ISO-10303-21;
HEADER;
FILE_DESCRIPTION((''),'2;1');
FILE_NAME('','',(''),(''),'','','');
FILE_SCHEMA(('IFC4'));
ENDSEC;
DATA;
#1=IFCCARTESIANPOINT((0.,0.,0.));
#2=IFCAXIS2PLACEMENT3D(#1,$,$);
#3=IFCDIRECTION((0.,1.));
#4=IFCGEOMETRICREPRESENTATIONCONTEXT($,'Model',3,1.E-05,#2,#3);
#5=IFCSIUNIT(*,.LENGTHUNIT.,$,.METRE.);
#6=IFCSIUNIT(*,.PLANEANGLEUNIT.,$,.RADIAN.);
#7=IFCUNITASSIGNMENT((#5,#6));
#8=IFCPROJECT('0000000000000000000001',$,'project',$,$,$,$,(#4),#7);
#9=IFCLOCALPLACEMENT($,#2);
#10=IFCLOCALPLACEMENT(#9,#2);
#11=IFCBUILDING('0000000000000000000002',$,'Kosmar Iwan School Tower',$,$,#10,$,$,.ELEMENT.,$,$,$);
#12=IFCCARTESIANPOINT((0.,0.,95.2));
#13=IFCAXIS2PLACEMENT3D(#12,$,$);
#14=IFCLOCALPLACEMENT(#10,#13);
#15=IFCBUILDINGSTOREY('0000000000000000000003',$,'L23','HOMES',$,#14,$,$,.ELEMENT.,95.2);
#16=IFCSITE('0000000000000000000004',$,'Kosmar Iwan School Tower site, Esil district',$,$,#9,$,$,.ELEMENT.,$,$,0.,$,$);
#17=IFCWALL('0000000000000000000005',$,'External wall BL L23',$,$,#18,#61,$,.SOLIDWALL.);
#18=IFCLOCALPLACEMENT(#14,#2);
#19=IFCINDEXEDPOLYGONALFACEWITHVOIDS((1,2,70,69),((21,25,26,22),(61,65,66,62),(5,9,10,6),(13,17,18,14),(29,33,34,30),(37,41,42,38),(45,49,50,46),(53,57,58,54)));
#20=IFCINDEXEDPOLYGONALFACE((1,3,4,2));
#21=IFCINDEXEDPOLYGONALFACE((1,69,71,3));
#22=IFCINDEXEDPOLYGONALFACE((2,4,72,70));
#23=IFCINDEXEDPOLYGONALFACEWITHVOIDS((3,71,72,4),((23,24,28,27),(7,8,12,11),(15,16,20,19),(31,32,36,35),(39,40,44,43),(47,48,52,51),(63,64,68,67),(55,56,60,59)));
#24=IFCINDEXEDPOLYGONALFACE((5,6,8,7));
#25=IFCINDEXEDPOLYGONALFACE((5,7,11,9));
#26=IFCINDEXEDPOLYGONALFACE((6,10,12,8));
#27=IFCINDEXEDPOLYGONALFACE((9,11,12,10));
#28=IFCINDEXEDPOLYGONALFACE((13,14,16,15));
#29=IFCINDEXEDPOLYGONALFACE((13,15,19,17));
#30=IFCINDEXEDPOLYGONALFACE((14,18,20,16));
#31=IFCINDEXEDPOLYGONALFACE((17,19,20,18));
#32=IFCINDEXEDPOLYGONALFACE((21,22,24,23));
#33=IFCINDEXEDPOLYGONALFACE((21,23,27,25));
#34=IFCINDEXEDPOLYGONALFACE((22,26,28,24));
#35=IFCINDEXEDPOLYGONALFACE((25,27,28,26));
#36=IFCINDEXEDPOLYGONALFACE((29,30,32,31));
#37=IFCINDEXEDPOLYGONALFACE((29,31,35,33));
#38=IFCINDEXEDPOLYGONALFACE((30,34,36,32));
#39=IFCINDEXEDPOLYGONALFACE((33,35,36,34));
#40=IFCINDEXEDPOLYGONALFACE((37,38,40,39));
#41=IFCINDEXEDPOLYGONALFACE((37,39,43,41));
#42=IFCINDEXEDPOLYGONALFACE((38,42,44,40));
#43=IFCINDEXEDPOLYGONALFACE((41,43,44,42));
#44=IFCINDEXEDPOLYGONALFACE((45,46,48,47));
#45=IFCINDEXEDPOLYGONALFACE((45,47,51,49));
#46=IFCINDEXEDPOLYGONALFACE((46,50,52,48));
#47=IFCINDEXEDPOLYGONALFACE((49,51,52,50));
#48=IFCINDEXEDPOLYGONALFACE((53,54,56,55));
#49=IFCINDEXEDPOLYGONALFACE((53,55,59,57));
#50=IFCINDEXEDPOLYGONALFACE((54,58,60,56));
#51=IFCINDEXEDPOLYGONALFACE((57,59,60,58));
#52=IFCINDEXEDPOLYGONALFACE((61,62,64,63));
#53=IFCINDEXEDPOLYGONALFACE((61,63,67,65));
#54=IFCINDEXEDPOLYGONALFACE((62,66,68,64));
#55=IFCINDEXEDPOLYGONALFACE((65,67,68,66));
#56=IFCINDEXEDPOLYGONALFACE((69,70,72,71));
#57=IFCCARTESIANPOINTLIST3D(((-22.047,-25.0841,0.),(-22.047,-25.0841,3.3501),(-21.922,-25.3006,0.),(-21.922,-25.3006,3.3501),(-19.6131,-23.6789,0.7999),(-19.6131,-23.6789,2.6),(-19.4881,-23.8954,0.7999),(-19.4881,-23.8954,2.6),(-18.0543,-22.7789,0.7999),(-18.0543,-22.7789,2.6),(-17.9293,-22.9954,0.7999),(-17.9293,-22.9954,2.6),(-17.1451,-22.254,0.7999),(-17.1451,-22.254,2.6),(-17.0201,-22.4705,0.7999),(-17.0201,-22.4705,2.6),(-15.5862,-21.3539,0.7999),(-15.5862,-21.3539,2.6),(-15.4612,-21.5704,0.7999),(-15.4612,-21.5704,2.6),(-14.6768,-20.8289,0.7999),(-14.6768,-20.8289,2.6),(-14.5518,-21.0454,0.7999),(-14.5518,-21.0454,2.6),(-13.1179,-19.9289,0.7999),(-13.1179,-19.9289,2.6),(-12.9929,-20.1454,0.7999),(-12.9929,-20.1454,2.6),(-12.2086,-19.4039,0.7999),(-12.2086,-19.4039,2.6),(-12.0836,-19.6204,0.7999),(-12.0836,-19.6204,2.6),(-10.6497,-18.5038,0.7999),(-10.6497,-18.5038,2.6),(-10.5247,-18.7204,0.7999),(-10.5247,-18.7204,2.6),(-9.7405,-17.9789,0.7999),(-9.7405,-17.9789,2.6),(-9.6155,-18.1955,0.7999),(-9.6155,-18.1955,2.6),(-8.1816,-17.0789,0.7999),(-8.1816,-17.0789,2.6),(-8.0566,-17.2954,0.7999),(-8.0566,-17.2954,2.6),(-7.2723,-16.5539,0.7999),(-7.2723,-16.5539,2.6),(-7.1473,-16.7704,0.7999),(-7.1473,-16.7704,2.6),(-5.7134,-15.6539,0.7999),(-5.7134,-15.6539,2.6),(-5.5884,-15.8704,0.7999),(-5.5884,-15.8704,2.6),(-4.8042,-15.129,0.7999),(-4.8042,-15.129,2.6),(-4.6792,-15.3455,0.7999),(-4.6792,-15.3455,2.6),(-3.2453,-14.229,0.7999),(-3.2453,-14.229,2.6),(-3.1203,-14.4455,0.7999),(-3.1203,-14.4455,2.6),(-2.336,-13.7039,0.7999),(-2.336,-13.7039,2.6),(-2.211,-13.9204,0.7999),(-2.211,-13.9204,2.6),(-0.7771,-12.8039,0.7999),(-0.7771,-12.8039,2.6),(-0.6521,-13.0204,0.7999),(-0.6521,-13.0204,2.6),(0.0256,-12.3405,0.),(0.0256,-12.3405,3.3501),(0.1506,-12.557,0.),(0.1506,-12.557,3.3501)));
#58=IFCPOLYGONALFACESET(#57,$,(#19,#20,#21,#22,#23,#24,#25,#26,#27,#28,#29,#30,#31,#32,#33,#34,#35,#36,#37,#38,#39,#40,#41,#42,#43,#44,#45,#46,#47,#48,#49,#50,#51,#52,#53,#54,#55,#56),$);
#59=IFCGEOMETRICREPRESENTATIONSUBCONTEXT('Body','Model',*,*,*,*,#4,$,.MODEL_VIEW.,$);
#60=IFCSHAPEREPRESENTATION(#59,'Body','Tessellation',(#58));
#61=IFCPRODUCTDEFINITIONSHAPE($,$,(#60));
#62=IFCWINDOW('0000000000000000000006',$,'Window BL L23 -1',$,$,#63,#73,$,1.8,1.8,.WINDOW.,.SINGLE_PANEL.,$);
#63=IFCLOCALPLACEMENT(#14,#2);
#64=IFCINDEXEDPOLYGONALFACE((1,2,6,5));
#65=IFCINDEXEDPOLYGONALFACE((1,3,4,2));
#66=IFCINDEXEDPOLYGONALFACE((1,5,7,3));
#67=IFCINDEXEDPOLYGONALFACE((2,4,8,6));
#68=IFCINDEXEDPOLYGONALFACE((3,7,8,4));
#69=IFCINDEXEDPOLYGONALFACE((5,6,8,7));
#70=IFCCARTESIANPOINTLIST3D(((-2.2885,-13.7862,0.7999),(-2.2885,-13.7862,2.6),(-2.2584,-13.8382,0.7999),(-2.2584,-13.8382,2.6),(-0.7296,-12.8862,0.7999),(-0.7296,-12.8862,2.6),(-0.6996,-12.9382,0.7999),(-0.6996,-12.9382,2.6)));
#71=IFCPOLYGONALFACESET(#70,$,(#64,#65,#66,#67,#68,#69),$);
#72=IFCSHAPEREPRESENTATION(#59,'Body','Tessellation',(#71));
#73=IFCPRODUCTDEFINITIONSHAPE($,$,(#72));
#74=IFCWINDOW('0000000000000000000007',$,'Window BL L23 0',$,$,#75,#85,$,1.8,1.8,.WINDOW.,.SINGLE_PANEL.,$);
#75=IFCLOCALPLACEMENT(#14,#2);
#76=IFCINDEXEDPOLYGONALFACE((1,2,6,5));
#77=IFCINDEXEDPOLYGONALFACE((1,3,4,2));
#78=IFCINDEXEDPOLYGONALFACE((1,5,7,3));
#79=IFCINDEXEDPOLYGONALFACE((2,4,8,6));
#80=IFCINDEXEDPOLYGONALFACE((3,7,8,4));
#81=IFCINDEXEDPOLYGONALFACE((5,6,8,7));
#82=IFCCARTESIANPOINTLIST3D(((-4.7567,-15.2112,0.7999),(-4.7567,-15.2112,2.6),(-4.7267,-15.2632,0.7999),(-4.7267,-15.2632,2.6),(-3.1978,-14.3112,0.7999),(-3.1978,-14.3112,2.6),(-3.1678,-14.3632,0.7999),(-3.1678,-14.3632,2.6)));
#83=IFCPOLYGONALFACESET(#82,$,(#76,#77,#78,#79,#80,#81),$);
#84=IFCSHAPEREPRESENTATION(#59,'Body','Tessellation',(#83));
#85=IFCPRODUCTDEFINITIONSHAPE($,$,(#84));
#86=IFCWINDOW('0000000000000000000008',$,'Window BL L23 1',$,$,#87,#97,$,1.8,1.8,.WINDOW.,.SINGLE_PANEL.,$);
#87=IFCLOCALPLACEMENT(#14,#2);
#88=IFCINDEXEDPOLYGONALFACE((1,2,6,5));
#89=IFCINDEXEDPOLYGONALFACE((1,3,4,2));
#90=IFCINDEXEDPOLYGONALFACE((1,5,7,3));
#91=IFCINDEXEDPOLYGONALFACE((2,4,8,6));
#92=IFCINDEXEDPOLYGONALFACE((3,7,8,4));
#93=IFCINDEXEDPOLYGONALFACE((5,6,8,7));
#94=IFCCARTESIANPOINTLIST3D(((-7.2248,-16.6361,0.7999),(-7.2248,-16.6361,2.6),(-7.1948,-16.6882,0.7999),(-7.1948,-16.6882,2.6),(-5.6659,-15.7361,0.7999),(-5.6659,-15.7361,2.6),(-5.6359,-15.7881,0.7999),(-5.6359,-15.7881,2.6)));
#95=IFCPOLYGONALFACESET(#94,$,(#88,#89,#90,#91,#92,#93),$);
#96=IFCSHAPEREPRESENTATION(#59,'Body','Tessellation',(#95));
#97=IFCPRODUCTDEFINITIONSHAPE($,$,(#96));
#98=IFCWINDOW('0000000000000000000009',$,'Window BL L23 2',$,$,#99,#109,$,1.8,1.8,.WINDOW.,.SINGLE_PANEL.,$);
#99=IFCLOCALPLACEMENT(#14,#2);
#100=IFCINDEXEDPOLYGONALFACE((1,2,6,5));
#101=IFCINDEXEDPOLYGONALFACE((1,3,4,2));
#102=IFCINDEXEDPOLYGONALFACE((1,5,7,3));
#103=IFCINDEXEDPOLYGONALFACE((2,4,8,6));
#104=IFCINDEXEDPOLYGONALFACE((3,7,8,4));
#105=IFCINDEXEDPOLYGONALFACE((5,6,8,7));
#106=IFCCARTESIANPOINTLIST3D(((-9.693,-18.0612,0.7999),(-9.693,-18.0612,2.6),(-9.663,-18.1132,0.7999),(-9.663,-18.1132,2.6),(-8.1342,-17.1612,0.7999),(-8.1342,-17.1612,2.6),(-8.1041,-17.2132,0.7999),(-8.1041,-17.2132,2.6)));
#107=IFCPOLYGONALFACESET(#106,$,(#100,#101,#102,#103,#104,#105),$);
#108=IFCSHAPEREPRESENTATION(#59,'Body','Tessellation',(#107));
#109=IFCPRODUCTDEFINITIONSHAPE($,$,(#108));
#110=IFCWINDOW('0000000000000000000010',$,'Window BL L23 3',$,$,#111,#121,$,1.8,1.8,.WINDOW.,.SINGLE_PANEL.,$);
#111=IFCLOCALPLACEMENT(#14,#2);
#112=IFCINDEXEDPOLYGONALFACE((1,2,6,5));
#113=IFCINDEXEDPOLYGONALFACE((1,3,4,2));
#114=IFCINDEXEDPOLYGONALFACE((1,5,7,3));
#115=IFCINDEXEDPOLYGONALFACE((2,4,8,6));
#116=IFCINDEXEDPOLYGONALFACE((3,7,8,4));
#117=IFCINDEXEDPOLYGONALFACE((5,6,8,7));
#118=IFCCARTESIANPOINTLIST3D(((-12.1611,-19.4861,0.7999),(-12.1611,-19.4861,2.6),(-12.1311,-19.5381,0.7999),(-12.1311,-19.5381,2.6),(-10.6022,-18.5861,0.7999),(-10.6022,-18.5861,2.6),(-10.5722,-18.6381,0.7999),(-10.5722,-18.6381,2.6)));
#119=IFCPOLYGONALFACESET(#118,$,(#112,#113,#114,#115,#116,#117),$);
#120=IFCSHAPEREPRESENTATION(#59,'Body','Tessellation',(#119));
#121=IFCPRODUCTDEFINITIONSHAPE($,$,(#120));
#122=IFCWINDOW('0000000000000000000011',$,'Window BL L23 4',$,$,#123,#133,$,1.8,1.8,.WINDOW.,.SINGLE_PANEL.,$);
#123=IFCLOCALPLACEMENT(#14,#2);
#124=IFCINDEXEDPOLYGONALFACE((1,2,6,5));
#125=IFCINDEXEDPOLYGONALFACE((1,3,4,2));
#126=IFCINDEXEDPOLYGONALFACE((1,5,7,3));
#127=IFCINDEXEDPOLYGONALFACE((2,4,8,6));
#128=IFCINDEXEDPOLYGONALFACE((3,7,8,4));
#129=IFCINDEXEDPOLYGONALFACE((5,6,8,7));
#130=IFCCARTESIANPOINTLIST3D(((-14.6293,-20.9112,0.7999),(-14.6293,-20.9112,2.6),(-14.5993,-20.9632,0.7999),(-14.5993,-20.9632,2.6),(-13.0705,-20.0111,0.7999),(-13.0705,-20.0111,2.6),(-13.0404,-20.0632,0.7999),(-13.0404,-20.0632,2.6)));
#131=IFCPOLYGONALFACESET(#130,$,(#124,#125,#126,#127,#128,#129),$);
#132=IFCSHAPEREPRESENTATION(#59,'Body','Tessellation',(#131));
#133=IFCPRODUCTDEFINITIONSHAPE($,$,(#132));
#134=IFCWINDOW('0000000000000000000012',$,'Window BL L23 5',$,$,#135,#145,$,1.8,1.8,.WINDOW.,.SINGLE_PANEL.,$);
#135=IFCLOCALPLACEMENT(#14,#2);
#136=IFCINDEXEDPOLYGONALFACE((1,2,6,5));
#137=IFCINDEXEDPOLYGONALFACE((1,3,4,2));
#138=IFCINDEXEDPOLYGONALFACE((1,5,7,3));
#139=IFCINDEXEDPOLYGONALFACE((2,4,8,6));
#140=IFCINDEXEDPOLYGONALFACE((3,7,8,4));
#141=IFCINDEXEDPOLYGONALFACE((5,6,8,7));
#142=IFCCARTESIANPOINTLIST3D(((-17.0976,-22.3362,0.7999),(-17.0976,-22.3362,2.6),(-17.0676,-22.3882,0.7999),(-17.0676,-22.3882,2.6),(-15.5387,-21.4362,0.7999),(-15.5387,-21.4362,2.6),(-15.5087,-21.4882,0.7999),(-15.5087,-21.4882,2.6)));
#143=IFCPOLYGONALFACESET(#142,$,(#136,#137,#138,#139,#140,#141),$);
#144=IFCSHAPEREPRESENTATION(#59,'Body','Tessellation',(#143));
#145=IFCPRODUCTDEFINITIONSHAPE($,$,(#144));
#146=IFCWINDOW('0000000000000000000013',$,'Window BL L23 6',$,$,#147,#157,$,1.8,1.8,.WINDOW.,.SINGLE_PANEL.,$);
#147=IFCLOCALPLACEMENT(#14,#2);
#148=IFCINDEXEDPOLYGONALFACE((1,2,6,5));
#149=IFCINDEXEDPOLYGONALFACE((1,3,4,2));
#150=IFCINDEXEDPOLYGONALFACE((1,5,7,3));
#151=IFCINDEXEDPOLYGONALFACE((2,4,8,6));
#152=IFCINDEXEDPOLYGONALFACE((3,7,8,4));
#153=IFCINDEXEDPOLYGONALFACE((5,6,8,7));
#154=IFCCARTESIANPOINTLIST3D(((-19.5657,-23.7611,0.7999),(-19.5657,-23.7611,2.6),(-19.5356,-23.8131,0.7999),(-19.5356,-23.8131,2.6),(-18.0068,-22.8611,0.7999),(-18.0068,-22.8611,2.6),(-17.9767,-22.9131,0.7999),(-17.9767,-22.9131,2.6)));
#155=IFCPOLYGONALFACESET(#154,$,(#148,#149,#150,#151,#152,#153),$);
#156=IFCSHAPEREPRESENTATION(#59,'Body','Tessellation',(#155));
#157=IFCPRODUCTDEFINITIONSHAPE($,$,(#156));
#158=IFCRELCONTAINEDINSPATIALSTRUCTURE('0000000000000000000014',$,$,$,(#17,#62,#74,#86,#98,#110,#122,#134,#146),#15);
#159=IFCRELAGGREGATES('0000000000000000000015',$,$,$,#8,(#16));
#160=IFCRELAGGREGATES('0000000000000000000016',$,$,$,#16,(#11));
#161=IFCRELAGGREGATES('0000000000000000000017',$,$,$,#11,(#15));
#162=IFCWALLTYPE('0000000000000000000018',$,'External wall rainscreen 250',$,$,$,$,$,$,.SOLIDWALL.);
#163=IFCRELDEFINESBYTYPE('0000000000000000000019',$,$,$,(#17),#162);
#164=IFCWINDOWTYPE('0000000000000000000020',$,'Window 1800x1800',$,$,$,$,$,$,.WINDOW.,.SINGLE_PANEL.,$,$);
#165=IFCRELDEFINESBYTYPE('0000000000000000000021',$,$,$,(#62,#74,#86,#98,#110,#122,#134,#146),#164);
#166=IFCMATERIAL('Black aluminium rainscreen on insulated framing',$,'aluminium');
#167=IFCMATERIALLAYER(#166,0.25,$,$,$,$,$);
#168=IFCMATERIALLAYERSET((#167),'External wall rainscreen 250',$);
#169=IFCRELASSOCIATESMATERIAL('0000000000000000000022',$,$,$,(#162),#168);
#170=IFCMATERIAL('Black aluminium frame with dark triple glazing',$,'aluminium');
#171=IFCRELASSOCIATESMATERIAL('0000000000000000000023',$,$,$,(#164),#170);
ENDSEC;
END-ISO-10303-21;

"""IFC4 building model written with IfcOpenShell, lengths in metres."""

from ifc_helpers import new_model, si_unit, direction, frame, frame_2d, origin, place, context, subcontext, project, spatial, rectangle, extrude, material, layer, layer_set, type_object, element, fill, save


model = new_model("IFC4")

# Units and contexts
model_context = context("Model", 3, precision=1e-05, world=origin(), true_north=direction((0.0, 1.0)))
body_context = subcontext(model_context, "Body", "Model", "MODEL_VIEW")
ifc_project = project(units=[si_unit("LENGTHUNIT", "METRE"), si_unit("PLANEANGLEUNIT", "RADIAN")], contexts=[model_context])

# Site, building, storey
site_placement = place(None, origin())
site = spatial("IfcSite", under=ifc_project, at=site_placement, Name="Kosmar Iwan School Tower site, Esil district", CompositionType="ELEMENT", RefElevation=0.0)
building_placement = place(site_placement, origin())
building = spatial("IfcBuilding", under=site, at=building_placement, Name="Kosmar Iwan School Tower", CompositionType="ELEMENT")
storey_placement = place(building_placement, frame((0.0, 0.0, 95.2)))
storey = spatial("IfcBuildingStorey", under=building, at=storey_placement, Name="L23", Description="HOMES", CompositionType="ELEMENT", Elevation=95.2)

# Wall, openings, windows
ifc_material_1 = material(Name="Black aluminium rainscreen on insulated framing", Category="aluminium")
ifc_layer_1 = layer(ifc_material_1, 0.25)
ifc_layer_set_1 = layer_set([ifc_layer_1], Name="External wall rainscreen 250")
wall_type_1 = type_object("IfcWallType", Name="External wall rainscreen 250", PredefinedType="SOLIDWALL", material=ifc_layer_set_1)
wall_1_placement = place(storey_placement, frame((0.0881, -12.4487, 0.0), z_axis=(0.0, 0.0, 1.0), x_axis=(-0.866026, -0.499998, 0.0)))
wall_1 = element("IfcWall", 1, at=wall_1_placement, inside=storey, type_object=wall_type_1, Name="External wall BL L23", PredefinedType="SOLIDWALL", context=body_context, shape_type="SweptSolid", body=[
    extrude(rectangle(XDim=25.4873, YDim=0.25, at=frame_2d((12.7437, 0.0))), origin(), (0.0, 0.0, 1.0), 3.3501),
])
opening_1_placement = place(wall_1_placement, frame((0.927, 0.0, 0.8)))
opening_1 = element("IfcOpeningElement", 2, at=opening_1_placement, cuts=wall_1, PredefinedType="OPENING", context=body_context, shape_type="SweptSolid", body=[
    extrude(rectangle(XDim=1.8, YDim=1.8, at=frame_2d((0.8999, 0.8999))), frame((0.0, 0.137, 0.0), z_axis=(0.0, -1.0, 0.0), x_axis=(1.0, 0.0, 0.0)), (0.0, 0.0, 1.0), 0.2739),
])
opening_2_placement = place(wall_1_placement, frame((3.7771, 0.0, 0.8)))
opening_2 = element("IfcOpeningElement", 3, at=opening_2_placement, cuts=wall_1, PredefinedType="OPENING", context=body_context, shape_type="SweptSolid", body=[
    extrude(rectangle(XDim=1.8, YDim=1.8, at=frame_2d((0.8999, 0.8999))), frame((0.0, 0.137, 0.0), z_axis=(0.0, -1.0, 0.0), x_axis=(1.0, 0.0, 0.0)), (0.0, 0.0, 1.0), 0.2739),
])
opening_3_placement = place(wall_1_placement, frame((6.627, 0.0, 0.8)))
opening_3 = element("IfcOpeningElement", 4, at=opening_3_placement, cuts=wall_1, PredefinedType="OPENING", context=body_context, shape_type="SweptSolid", body=[
    extrude(rectangle(XDim=1.8, YDim=1.8, at=frame_2d((0.8999, 0.8999))), frame((0.0, 0.137, 0.0), z_axis=(0.0, -1.0, 0.0), x_axis=(1.0, 0.0, 0.0)), (0.0, 0.0, 1.0), 0.2739),
])
opening_4_placement = place(wall_1_placement, frame((9.4771, 0.0, 0.8)))
opening_4 = element("IfcOpeningElement", 5, at=opening_4_placement, cuts=wall_1, PredefinedType="OPENING", context=body_context, shape_type="SweptSolid", body=[
    extrude(rectangle(XDim=1.8, YDim=1.8, at=frame_2d((0.8999, 0.8999))), frame((0.0, 0.137, 0.0), z_axis=(0.0, -1.0, 0.0), x_axis=(1.0, 0.0, 0.0)), (0.0, 0.0, 1.0), 0.2739),
])
opening_5_placement = place(wall_1_placement, frame((12.3269, 0.0, 0.8)))
opening_5 = element("IfcOpeningElement", 6, at=opening_5_placement, cuts=wall_1, PredefinedType="OPENING", context=body_context, shape_type="SweptSolid", body=[
    extrude(rectangle(XDim=1.8, YDim=1.8, at=frame_2d((0.8999, 0.8999))), frame((0.0, 0.137, 0.0), z_axis=(0.0, -1.0, 0.0), x_axis=(1.0, 0.0, 0.0)), (0.0, 0.0, 1.0), 0.2739),
])
opening_6_placement = place(wall_1_placement, frame((15.177, 0.0, 0.8)))
opening_6 = element("IfcOpeningElement", 7, at=opening_6_placement, cuts=wall_1, PredefinedType="OPENING", context=body_context, shape_type="SweptSolid", body=[
    extrude(rectangle(XDim=1.8, YDim=1.8, at=frame_2d((0.8999, 0.8999))), frame((0.0, 0.137, 0.0), z_axis=(0.0, -1.0, 0.0), x_axis=(1.0, 0.0, 0.0)), (0.0, 0.0, 1.0), 0.2739),
])
opening_7_placement = place(wall_1_placement, frame((18.0271, 0.0, 0.8)))
opening_7 = element("IfcOpeningElement", 8, at=opening_7_placement, cuts=wall_1, PredefinedType="OPENING", context=body_context, shape_type="SweptSolid", body=[
    extrude(rectangle(XDim=1.8, YDim=1.8, at=frame_2d((0.8999, 0.8999))), frame((0.0, 0.137, 0.0), z_axis=(0.0, -1.0, 0.0), x_axis=(1.0, 0.0, 0.0)), (0.0, 0.0, 1.0), 0.2739),
])
opening_8_placement = place(wall_1_placement, frame((20.877, 0.0, 0.8)))
opening_8 = element("IfcOpeningElement", 9, at=opening_8_placement, cuts=wall_1, PredefinedType="OPENING", context=body_context, shape_type="SweptSolid", body=[
    extrude(rectangle(XDim=1.8, YDim=1.8, at=frame_2d((0.8999, 0.8999))), frame((0.0, 0.137, 0.0), z_axis=(0.0, -1.0, 0.0), x_axis=(1.0, 0.0, 0.0)), (0.0, 0.0, 1.0), 0.2739),
])
ifc_material_2 = material(Name="Black aluminium frame with dark triple glazing", Category="aluminium")
window_type = type_object("IfcWindowType", Name="Window 1800x1800", PartitioningType="SINGLE_PANEL", PredefinedType="WINDOW", material=ifc_material_2)
window_1_placement = place(opening_1_placement, origin())
window_1 = element("IfcWindow", 10, at=window_1_placement, inside=storey, type_object=window_type, Name="Window BL L23 -1", OverallHeight=1.8, OverallWidth=1.8, PartitioningType="SINGLE_PANEL", PredefinedType="WINDOW", context=body_context, shape_type="SweptSolid", body=[
    extrude(rectangle(XDim=1.8, YDim=1.8, at=frame_2d((0.8999, 0.8999))), frame((0.0, 0.03, 0.0), z_axis=(0.0, -1.0, 0.0), x_axis=(1.0, 0.0, 0.0)), (0.0, 0.0, 1.0), 0.0601),
])
fill(opening_1, window_1)
window_2_placement = place(opening_2_placement, origin())
window_2 = element("IfcWindow", 11, at=window_2_placement, inside=storey, type_object=window_type, Name="Window BL L23 0", OverallHeight=1.8, OverallWidth=1.8, PartitioningType="SINGLE_PANEL", PredefinedType="WINDOW", context=body_context, shape_type="SweptSolid", body=[
    extrude(rectangle(XDim=1.8, YDim=1.8, at=frame_2d((0.8999, 0.8999))), frame((0.0, 0.03, 0.0), z_axis=(0.0, -1.0, 0.0), x_axis=(1.0, 0.0, 0.0)), (0.0, 0.0, 1.0), 0.0601),
])
fill(opening_2, window_2)
window_3_placement = place(opening_3_placement, origin())
window_3 = element("IfcWindow", 12, at=window_3_placement, inside=storey, type_object=window_type, Name="Window BL L23 1", OverallHeight=1.8, OverallWidth=1.8, PartitioningType="SINGLE_PANEL", PredefinedType="WINDOW", context=body_context, shape_type="SweptSolid", body=[
    extrude(rectangle(XDim=1.8, YDim=1.8, at=frame_2d((0.8999, 0.8999))), frame((0.0, 0.03, 0.0), z_axis=(0.0, -1.0, 0.0), x_axis=(1.0, 0.0, 0.0)), (0.0, 0.0, 1.0), 0.0601),
])
fill(opening_3, window_3)
window_4_placement = place(opening_4_placement, origin())
window_4 = element("IfcWindow", 13, at=window_4_placement, inside=storey, type_object=window_type, Name="Window BL L23 2", OverallHeight=1.8, OverallWidth=1.8, PartitioningType="SINGLE_PANEL", PredefinedType="WINDOW", context=body_context, shape_type="SweptSolid", body=[
    extrude(rectangle(XDim=1.8, YDim=1.8, at=frame_2d((0.8999, 0.8999))), frame((0.0, 0.03, 0.0), z_axis=(0.0, -1.0, 0.0), x_axis=(1.0, 0.0, 0.0)), (0.0, 0.0, 1.0), 0.0601),
])
fill(opening_4, window_4)
window_5_placement = place(opening_5_placement, origin())
window_5 = element("IfcWindow", 14, at=window_5_placement, inside=storey, type_object=window_type, Name="Window BL L23 3", OverallHeight=1.8, OverallWidth=1.8, PartitioningType="SINGLE_PANEL", PredefinedType="WINDOW", context=body_context, shape_type="SweptSolid", body=[
    extrude(rectangle(XDim=1.8, YDim=1.8, at=frame_2d((0.8999, 0.8999))), frame((0.0, 0.03, 0.0), z_axis=(0.0, -1.0, 0.0), x_axis=(1.0, 0.0, 0.0)), (0.0, 0.0, 1.0), 0.0601),
])
fill(opening_5, window_5)
window_6_placement = place(opening_6_placement, origin())
window_6 = element("IfcWindow", 15, at=window_6_placement, inside=storey, type_object=window_type, Name="Window BL L23 4", OverallHeight=1.8, OverallWidth=1.8, PartitioningType="SINGLE_PANEL", PredefinedType="WINDOW", context=body_context, shape_type="SweptSolid", body=[
    extrude(rectangle(XDim=1.8, YDim=1.8, at=frame_2d((0.8999, 0.8999))), frame((0.0, 0.03, 0.0), z_axis=(0.0, -1.0, 0.0), x_axis=(1.0, 0.0, 0.0)), (0.0, 0.0, 1.0), 0.0601),
])
fill(opening_6, window_6)
window_7_placement = place(opening_7_placement, origin())
window_7 = element("IfcWindow", 16, at=window_7_placement, inside=storey, type_object=window_type, Name="Window BL L23 5", OverallHeight=1.8, OverallWidth=1.8, PartitioningType="SINGLE_PANEL", PredefinedType="WINDOW", context=body_context, shape_type="SweptSolid", body=[
    extrude(rectangle(XDim=1.8, YDim=1.8, at=frame_2d((0.8999, 0.8999))), frame((0.0, 0.03, 0.0), z_axis=(0.0, -1.0, 0.0), x_axis=(1.0, 0.0, 0.0)), (0.0, 0.0, 1.0), 0.0601),
])
fill(opening_7, window_7)
window_8_placement = place(opening_8_placement, origin())
window_8 = element("IfcWindow", 17, at=window_8_placement, inside=storey, type_object=window_type, Name="Window BL L23 6", OverallHeight=1.8, OverallWidth=1.8, PartitioningType="SINGLE_PANEL", PredefinedType="WINDOW", context=body_context, shape_type="SweptSolid", body=[
    extrude(rectangle(XDim=1.8, YDim=1.8, at=frame_2d((0.8999, 0.8999))), frame((0.0, 0.03, 0.0), z_axis=(0.0, -1.0, 0.0), x_axis=(1.0, 0.0, 0.0)), (0.0, 0.0, 1.0), 0.0601),
])
fill(opening_8, window_8)

save(model, "model.ifc")
